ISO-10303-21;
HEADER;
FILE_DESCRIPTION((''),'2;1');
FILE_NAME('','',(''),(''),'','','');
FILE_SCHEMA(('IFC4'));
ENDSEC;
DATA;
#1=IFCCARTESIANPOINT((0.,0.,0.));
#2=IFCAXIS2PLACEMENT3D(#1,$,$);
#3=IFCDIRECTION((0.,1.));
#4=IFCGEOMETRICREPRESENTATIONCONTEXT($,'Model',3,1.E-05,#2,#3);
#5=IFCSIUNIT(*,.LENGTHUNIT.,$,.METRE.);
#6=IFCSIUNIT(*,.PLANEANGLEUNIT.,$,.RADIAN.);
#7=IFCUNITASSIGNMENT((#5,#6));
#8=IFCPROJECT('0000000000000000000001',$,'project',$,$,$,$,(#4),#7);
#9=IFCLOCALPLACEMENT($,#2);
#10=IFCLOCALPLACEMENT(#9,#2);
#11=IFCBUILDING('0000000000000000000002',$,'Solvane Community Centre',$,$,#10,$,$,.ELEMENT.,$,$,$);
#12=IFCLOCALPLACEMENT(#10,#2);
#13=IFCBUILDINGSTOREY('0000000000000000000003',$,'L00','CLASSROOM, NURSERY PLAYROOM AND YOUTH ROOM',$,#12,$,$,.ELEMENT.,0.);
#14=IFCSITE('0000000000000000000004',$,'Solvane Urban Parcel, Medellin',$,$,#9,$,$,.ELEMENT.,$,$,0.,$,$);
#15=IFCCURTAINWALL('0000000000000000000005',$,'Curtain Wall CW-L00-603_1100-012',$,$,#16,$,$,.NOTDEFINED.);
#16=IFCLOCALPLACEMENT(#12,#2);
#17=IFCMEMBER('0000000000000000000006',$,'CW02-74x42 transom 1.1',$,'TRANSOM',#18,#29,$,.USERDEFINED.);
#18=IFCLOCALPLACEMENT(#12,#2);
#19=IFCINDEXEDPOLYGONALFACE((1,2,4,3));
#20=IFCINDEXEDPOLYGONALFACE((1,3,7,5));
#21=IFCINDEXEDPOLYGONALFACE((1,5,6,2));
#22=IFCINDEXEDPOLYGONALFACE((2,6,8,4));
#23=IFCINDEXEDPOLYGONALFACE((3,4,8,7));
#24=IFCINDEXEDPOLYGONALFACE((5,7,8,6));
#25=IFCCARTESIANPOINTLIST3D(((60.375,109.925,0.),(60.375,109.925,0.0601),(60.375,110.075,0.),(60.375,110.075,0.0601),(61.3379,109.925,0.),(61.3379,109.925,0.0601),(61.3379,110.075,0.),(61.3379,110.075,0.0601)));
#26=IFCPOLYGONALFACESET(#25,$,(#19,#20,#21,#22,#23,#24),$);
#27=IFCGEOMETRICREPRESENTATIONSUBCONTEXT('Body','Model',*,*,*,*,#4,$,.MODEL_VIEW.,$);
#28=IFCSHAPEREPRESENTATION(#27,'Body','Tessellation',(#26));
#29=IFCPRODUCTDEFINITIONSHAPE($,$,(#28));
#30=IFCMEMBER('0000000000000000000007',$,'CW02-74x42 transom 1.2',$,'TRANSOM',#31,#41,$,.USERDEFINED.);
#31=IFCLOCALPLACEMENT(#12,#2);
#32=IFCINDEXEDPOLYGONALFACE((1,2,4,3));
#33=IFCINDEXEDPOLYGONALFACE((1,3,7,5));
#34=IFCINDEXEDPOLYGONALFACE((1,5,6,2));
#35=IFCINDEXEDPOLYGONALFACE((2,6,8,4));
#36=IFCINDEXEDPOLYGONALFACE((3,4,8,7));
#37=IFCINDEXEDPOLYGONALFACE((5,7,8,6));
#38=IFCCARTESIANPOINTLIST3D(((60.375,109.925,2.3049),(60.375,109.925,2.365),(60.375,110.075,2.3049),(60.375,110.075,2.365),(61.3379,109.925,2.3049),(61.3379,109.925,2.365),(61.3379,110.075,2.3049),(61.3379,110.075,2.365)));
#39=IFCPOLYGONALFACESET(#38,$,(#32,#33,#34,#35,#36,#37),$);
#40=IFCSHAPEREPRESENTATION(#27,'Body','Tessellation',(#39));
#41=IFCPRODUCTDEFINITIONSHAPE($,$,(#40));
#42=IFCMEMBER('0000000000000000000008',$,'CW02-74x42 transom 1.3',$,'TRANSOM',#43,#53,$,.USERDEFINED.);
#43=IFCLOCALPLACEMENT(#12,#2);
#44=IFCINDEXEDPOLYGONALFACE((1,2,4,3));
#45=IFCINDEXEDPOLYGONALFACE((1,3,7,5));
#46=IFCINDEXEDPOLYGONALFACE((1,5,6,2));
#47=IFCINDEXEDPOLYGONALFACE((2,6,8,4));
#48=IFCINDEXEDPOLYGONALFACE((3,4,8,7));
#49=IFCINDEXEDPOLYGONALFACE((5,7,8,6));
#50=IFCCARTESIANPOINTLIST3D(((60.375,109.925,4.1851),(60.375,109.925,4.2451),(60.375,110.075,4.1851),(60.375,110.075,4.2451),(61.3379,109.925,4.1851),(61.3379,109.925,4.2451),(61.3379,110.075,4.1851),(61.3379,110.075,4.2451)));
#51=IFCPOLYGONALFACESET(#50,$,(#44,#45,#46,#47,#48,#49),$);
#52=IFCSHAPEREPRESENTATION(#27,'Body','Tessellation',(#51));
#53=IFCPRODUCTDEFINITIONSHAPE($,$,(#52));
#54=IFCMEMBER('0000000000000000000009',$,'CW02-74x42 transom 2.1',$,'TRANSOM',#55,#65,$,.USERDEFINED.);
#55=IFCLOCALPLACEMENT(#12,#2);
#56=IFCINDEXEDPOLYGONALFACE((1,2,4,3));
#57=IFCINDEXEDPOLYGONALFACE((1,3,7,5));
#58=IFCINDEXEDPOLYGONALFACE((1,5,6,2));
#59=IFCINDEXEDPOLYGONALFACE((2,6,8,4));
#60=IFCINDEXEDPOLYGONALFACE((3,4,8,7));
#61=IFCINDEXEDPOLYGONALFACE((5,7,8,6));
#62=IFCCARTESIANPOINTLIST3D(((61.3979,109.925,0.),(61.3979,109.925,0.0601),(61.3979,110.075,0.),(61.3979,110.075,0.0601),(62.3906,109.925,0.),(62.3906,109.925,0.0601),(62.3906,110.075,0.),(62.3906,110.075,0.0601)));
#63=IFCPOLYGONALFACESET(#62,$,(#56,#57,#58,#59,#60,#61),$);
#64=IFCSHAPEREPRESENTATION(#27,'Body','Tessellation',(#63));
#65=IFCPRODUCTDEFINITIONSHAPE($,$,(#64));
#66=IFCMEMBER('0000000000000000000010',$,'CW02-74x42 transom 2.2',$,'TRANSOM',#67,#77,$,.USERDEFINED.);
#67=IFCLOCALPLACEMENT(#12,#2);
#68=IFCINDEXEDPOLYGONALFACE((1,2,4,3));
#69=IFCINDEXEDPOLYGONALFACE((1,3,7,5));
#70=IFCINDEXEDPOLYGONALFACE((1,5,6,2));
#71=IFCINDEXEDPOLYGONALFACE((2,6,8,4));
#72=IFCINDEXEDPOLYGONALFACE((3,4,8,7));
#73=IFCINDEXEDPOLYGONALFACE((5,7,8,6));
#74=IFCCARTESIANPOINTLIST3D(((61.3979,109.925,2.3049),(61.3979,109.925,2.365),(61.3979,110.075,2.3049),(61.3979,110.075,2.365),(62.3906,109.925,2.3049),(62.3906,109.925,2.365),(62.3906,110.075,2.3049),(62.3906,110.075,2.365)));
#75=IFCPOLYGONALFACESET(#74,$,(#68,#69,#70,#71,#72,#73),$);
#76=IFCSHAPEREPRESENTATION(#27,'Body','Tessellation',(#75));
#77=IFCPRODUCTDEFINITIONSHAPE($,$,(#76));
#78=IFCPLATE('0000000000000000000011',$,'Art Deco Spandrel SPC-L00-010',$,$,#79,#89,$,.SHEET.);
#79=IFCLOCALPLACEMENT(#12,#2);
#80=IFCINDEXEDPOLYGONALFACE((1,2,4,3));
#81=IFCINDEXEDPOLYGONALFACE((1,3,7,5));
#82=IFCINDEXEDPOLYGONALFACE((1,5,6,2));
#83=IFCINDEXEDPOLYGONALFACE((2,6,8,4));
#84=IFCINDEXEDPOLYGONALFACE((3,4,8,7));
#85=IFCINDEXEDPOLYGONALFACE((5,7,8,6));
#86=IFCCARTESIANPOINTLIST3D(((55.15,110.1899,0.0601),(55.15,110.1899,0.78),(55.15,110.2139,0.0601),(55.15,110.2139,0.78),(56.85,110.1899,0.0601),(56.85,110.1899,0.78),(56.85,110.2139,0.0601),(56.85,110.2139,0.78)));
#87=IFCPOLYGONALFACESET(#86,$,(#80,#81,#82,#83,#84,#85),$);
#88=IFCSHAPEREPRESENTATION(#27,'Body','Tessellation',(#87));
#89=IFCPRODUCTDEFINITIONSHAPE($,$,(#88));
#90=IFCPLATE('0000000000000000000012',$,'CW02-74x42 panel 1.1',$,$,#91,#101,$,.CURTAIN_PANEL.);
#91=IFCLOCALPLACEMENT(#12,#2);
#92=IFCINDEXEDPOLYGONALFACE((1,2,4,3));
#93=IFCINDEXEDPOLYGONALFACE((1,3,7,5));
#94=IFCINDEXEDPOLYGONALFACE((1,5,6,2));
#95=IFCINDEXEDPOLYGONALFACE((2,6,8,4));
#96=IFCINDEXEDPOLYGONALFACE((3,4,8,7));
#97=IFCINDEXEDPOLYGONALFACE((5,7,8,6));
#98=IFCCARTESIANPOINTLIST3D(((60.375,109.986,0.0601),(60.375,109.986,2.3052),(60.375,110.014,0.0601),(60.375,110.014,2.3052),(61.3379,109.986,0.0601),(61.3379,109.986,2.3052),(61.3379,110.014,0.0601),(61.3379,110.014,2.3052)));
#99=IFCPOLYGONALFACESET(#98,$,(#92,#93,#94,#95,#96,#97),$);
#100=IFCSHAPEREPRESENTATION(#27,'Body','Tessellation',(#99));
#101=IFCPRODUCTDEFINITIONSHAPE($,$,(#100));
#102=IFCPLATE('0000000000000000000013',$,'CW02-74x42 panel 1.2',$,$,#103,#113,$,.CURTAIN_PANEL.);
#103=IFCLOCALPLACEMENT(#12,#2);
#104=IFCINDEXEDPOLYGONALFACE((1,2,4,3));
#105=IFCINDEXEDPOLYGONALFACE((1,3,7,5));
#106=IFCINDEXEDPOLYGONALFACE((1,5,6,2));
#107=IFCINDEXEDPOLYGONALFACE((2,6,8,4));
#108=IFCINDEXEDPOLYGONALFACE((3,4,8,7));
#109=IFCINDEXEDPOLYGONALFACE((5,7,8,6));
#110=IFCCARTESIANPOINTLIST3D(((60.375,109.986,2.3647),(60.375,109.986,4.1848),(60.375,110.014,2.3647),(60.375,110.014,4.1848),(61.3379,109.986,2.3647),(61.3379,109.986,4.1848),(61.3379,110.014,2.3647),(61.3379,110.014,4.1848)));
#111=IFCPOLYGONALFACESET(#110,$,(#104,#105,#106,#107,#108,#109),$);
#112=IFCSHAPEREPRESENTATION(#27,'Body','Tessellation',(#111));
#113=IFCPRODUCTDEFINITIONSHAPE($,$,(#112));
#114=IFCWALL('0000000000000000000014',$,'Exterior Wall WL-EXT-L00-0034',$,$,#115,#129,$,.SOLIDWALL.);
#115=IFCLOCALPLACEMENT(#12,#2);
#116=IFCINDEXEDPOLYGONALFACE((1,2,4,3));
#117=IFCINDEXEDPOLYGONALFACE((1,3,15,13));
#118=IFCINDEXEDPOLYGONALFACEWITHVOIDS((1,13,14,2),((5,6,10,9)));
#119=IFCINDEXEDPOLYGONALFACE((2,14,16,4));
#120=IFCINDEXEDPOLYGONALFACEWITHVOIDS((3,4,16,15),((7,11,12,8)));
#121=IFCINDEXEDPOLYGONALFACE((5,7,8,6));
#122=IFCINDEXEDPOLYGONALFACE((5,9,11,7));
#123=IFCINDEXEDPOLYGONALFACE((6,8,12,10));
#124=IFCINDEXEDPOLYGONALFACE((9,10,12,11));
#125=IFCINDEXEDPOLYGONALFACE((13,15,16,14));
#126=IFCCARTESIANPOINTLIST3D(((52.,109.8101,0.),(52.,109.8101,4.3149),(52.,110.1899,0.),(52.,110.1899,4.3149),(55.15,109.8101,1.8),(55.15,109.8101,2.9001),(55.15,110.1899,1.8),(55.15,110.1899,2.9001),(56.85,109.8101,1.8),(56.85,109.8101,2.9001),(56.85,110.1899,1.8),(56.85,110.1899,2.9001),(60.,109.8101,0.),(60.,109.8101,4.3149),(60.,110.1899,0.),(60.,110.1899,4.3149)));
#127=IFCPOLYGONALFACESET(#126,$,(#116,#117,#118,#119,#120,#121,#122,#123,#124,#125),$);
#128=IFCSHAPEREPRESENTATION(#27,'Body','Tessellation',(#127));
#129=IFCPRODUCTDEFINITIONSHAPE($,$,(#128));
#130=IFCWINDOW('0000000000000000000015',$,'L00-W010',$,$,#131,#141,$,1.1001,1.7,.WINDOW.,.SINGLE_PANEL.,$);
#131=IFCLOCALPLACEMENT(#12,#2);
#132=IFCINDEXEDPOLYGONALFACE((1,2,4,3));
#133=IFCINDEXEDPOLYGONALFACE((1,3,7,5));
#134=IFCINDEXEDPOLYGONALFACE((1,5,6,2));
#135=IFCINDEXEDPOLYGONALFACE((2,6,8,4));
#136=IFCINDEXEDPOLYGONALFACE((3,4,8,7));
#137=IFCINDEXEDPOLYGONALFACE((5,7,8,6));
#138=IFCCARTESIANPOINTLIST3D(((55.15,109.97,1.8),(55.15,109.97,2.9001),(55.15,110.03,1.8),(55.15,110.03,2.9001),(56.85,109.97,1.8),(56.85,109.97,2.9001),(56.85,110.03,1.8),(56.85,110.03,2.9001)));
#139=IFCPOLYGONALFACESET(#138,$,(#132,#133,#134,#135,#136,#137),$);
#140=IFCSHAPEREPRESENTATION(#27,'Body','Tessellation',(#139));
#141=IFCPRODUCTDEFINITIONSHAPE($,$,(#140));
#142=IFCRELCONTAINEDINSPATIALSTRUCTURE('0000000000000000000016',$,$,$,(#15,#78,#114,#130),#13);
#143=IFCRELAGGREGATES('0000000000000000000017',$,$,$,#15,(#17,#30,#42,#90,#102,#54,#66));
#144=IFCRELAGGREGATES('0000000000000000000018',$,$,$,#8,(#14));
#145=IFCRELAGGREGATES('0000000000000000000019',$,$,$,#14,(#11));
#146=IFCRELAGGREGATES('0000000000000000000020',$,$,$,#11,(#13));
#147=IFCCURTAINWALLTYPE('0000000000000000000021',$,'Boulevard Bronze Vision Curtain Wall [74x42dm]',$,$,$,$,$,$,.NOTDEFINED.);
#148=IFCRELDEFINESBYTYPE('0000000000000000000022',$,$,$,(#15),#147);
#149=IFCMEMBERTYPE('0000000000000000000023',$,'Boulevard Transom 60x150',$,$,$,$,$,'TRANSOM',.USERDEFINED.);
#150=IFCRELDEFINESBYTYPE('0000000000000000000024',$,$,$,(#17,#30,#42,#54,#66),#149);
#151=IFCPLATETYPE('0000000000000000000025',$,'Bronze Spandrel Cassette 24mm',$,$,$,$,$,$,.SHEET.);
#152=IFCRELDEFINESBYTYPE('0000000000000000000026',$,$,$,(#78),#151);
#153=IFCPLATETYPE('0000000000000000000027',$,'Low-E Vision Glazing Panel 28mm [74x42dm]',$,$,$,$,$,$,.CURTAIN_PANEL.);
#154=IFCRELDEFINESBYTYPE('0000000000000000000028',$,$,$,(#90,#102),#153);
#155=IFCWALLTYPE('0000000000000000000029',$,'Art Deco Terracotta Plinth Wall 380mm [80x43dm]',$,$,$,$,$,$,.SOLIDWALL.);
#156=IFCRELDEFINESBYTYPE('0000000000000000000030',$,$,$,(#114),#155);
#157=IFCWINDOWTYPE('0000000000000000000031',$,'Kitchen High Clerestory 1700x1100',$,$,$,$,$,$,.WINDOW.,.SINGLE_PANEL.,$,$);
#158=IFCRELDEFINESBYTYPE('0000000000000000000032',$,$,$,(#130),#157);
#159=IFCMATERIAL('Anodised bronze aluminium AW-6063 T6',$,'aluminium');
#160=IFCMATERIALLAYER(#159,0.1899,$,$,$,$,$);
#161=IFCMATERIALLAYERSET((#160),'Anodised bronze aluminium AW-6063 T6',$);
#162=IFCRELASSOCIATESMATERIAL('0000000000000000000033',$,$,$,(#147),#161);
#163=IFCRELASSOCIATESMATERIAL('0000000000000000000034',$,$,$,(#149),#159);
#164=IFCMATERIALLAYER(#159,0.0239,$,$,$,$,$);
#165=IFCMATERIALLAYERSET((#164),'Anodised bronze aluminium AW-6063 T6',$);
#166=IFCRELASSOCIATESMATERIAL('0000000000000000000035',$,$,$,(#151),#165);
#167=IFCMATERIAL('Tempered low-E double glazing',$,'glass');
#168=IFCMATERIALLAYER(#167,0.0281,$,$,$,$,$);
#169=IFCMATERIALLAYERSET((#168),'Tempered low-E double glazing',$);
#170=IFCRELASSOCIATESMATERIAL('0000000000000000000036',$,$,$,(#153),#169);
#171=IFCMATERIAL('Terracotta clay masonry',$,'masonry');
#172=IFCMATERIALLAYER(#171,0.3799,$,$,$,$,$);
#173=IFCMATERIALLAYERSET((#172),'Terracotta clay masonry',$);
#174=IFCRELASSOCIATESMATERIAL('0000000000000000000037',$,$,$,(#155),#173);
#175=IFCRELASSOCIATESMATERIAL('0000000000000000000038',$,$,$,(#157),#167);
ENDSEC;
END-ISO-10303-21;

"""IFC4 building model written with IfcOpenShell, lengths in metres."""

from ifc_helpers import new_model, si_unit, direction, frame, frame_2d, origin, origin_2d, place, context, subcontext, project, spatial, rectangle, extrude, material, layer, layer_set, material_profile, profile_set, type_object, element, fill, aggregate, save


model = new_model("IFC4")

# Units and contexts
model_context = context("Model", 3, precision=1e-05, world=origin(), true_north=direction((0.0, 1.0)))
body_context = subcontext(model_context, "Body", "Model", "MODEL_VIEW")
ifc_project = project(units=[si_unit("LENGTHUNIT", "METRE"), si_unit("PLANEANGLEUNIT", "RADIAN")], contexts=[model_context])

# Site, building, storey
site_placement = place(None, origin())
site = spatial("IfcSite", under=ifc_project, at=site_placement, Name="Solvane Urban Parcel, Medellin", CompositionType="ELEMENT", RefElevation=0.0)
building_placement = place(site_placement, origin())
building = spatial("IfcBuilding", under=site, at=building_placement, Name="Solvane Community Centre", CompositionType="ELEMENT")
storey_placement = place(building_placement, origin())
storey = spatial("IfcBuildingStorey", under=building, at=storey_placement, Name="L00", Description="CLASSROOM, NURSERY PLAYROOM AND YOUTH ROOM", CompositionType="ELEMENT", Elevation=0.0)

# Shared definitions
ifc_material_1 = material(Name="Anodised bronze aluminium AW-6063 T6", Category="aluminium")

# Curtain wall, members
ifc_layer_1 = layer(ifc_material_1, 0.1899)
ifc_layer_set_1 = layer_set([ifc_layer_1], Name="Anodised bronze aluminium AW-6063 T6")
curtain_wall_type_1 = type_object("IfcCurtainWallType", Name="Boulevard Bronze Vision Curtain Wall [74x42dm]", PredefinedType="NOTDEFINED", material=ifc_layer_set_1)
curtain_wall_1_placement = place(storey_placement, origin())
curtain_wall_1 = element("IfcCurtainWall", 1, at=curtain_wall_1_placement, inside=storey, type_object=curtain_wall_type_1, Name="Curtain Wall CW-L00-603_1100-012", PredefinedType="NOTDEFINED")
ifc_material_profile_1 = material_profile(ifc_material_1, rectangle(XDim=0.1499, YDim=0.0601, at=origin_2d()), Name="CW-T 60x150")
ifc_profile_set_1 = profile_set([ifc_material_profile_1], Name="Anodised bronze aluminium AW-6063 T6")
member_type_1 = type_object("IfcMemberType", Name="Boulevard Transom 60x150", ElementType="TRANSOM", PredefinedType="USERDEFINED", material=ifc_profile_set_1)
member_1_placement = place(storey_placement, frame((60.375, 110.0, 0.03), z_axis=(1.0, 0.0, 0.0), x_axis=(0.0, 1.0, 0.0)))
member_1 = element("IfcMember", 2, at=member_1_placement, type_object=member_type_1, Name="CW02-74x42 transom 1.1", ObjectType="TRANSOM", PredefinedType="USERDEFINED", context=body_context, shape_type="SweptSolid", body=[
    extrude(rectangle(XDim=0.1499, YDim=0.0601, at=origin_2d()), origin(), (0.0, 0.0, 1.0), 0.9629),
])
member_2_placement = place(storey_placement, frame((60.375, 110.0, 2.335), z_axis=(1.0, 0.0, 0.0), x_axis=(0.0, 1.0, 0.0)))
member_2 = element("IfcMember", 3, at=member_2_placement, type_object=member_type_1, Name="CW02-74x42 transom 1.2", ObjectType="TRANSOM", PredefinedType="USERDEFINED", context=body_context, shape_type="SweptSolid", body=[
    extrude(rectangle(XDim=0.1499, YDim=0.0601, at=origin_2d()), origin(), (0.0, 0.0, 1.0), 0.9629),
])
member_3_placement = place(storey_placement, frame((60.375, 110.0, 4.2151), z_axis=(1.0, 0.0, 0.0), x_axis=(0.0, 1.0, 0.0)))
member_3 = element("IfcMember", 4, at=member_3_placement, type_object=member_type_1, Name="CW02-74x42 transom 1.3", ObjectType="TRANSOM", PredefinedType="USERDEFINED", context=body_context, shape_type="SweptSolid", body=[
    extrude(rectangle(XDim=0.1499, YDim=0.0601, at=origin_2d()), origin(), (0.0, 0.0, 1.0), 0.9629),
])
member_4_placement = place(storey_placement, frame((61.3979, 110.0, 0.03), z_axis=(1.0, 0.0, 0.0), x_axis=(0.0, 1.0, 0.0)))
member_4 = element("IfcMember", 5, at=member_4_placement, type_object=member_type_1, Name="CW02-74x42 transom 2.1", ObjectType="TRANSOM", PredefinedType="USERDEFINED", context=body_context, shape_type="SweptSolid", body=[
    extrude(rectangle(XDim=0.1499, YDim=0.0601, at=origin_2d()), origin(), (0.0, 0.0, 1.0), 0.9927),
])
member_5_placement = place(storey_placement, frame((61.3979, 110.0, 2.335), z_axis=(1.0, 0.0, 0.0), x_axis=(0.0, 1.0, 0.0)))
member_5 = element("IfcMember", 6, at=member_5_placement, type_object=member_type_1, Name="CW02-74x42 transom 2.2", ObjectType="TRANSOM", PredefinedType="USERDEFINED", context=body_context, shape_type="SweptSolid", body=[
    extrude(rectangle(XDim=0.1499, YDim=0.0601, at=origin_2d()), origin(), (0.0, 0.0, 1.0), 0.9927),
])

# Plates
ifc_layer_2 = layer(ifc_material_1, 0.0239)
ifc_layer_set_2 = layer_set([ifc_layer_2], Name="Anodised bronze aluminium AW-6063 T6")
plate_type_1 = type_object("IfcPlateType", Name="Bronze Spandrel Cassette 24mm", PredefinedType="SHEET", material=ifc_layer_set_2)
plate_1_placement = place(storey_placement, frame((56.0, 110.2019, 0.0601), z_axis=(0.0, 0.0, 1.0), x_axis=(1.0, 0.0, 0.0)))
element("IfcPlate", 7, at=plate_1_placement, inside=storey, type_object=plate_type_1, Name="Art Deco Spandrel SPC-L00-010", PredefinedType="SHEET", context=body_context, shape_type="SweptSolid", body=[
    extrude(rectangle(XDim=1.7, YDim=0.0239, at=origin_2d()), origin(), (0.0, 0.0, 1.0), 0.72),
])
ifc_material_2 = material(Name="Tempered low-E double glazing", Category="glass")
ifc_layer_3 = layer(ifc_material_2, 0.0281)
ifc_layer_set_3 = layer_set([ifc_layer_3], Name="Tempered low-E double glazing")
plate_type_2 = type_object("IfcPlateType", Name="Low-E Vision Glazing Panel 28mm [74x42dm]", PredefinedType="CURTAIN_PANEL", material=ifc_layer_set_3)
plate_2_placement = place(storey_placement, frame((60.8564, 110.0, 0.0601), z_axis=(0.0, 0.0, 1.0), x_axis=(1.0, 0.0, 0.0)))
plate_2 = element("IfcPlate", 8, at=plate_2_placement, type_object=plate_type_2, Name="CW02-74x42 panel 1.1", PredefinedType="CURTAIN_PANEL", context=body_context, shape_type="SweptSolid", body=[
    extrude(rectangle(XDim=0.9629, YDim=0.0281, at=origin_2d()), origin(), (0.0, 0.0, 1.0), 2.2451),
])
plate_3_placement = place(storey_placement, frame((60.8564, 110.0, 2.3647), z_axis=(0.0, 0.0, 1.0), x_axis=(1.0, 0.0, 0.0)))
plate_3 = element("IfcPlate", 9, at=plate_3_placement, type_object=plate_type_2, Name="CW02-74x42 panel 1.2", PredefinedType="CURTAIN_PANEL", context=body_context, shape_type="SweptSolid", body=[
    extrude(rectangle(XDim=0.9629, YDim=0.0281, at=origin_2d()), origin(), (0.0, 0.0, 1.0), 1.8201),
])
aggregate(curtain_wall_1, [member_1, member_2, member_3, plate_2, plate_3, member_4, member_5])

# Wall, opening, window
ifc_material_3 = material(Name="Terracotta clay masonry", Category="masonry")
ifc_layer_4 = layer(ifc_material_3, 0.3799)
ifc_layer_set_4 = layer_set([ifc_layer_4], Name="Terracotta clay masonry")
wall_type = type_object("IfcWallType", Name="Art Deco Terracotta Plinth Wall 380mm [80x43dm]", PredefinedType="SOLIDWALL", material=ifc_layer_set_4)
wall_placement = place(storey_placement, frame((52.0, 110.0, 0.0), z_axis=(0.0, 0.0, 1.0), x_axis=(1.0, 0.0, 0.0)))
wall = element("IfcWall", 10, at=wall_placement, inside=storey, type_object=wall_type, Name="Exterior Wall WL-EXT-L00-0034", PredefinedType="SOLIDWALL", context=body_context, shape_type="SweptSolid", body=[
    extrude(rectangle(XDim=8.0, YDim=0.3799, at=frame_2d((4.0, 0.0))), origin(), (0.0, 0.0, 1.0), 4.3149),
])
opening_placement = place(wall_placement, frame((3.1499, 0.0, 1.8)))
opening = element("IfcOpeningElement", 11, at=opening_placement, cuts=wall, PredefinedType="OPENING", context=body_context, shape_type="SweptSolid", body=[
    extrude(rectangle(XDim=1.7, YDim=1.1001, at=frame_2d((0.8501, 0.55))), frame((0.0, 0.2, 0.0), z_axis=(0.0, -1.0, 0.0), x_axis=(1.0, 0.0, 0.0)), (0.0, 0.0, 1.0), 0.3999),
])
window_type = type_object("IfcWindowType", Name="Kitchen High Clerestory 1700x1100", PartitioningType="SINGLE_PANEL", PredefinedType="WINDOW", material=ifc_material_2)
window_placement = place(opening_placement, origin())
window = element("IfcWindow", 12, at=window_placement, inside=storey, type_object=window_type, Name="L00-W010", OverallHeight=1.1001, OverallWidth=1.7, PartitioningType="SINGLE_PANEL", PredefinedType="WINDOW", context=body_context, shape_type="SweptSolid", body=[
    extrude(rectangle(XDim=1.7, YDim=1.1001, at=frame_2d((0.8501, 0.55))), frame((0.0, 0.03, 0.0), z_axis=(0.0, -1.0, 0.0), x_axis=(1.0, 0.0, 0.0)), (0.0, 0.0, 1.0), 0.0601),
])
fill(opening, window)

save(model, "model.ifc")
